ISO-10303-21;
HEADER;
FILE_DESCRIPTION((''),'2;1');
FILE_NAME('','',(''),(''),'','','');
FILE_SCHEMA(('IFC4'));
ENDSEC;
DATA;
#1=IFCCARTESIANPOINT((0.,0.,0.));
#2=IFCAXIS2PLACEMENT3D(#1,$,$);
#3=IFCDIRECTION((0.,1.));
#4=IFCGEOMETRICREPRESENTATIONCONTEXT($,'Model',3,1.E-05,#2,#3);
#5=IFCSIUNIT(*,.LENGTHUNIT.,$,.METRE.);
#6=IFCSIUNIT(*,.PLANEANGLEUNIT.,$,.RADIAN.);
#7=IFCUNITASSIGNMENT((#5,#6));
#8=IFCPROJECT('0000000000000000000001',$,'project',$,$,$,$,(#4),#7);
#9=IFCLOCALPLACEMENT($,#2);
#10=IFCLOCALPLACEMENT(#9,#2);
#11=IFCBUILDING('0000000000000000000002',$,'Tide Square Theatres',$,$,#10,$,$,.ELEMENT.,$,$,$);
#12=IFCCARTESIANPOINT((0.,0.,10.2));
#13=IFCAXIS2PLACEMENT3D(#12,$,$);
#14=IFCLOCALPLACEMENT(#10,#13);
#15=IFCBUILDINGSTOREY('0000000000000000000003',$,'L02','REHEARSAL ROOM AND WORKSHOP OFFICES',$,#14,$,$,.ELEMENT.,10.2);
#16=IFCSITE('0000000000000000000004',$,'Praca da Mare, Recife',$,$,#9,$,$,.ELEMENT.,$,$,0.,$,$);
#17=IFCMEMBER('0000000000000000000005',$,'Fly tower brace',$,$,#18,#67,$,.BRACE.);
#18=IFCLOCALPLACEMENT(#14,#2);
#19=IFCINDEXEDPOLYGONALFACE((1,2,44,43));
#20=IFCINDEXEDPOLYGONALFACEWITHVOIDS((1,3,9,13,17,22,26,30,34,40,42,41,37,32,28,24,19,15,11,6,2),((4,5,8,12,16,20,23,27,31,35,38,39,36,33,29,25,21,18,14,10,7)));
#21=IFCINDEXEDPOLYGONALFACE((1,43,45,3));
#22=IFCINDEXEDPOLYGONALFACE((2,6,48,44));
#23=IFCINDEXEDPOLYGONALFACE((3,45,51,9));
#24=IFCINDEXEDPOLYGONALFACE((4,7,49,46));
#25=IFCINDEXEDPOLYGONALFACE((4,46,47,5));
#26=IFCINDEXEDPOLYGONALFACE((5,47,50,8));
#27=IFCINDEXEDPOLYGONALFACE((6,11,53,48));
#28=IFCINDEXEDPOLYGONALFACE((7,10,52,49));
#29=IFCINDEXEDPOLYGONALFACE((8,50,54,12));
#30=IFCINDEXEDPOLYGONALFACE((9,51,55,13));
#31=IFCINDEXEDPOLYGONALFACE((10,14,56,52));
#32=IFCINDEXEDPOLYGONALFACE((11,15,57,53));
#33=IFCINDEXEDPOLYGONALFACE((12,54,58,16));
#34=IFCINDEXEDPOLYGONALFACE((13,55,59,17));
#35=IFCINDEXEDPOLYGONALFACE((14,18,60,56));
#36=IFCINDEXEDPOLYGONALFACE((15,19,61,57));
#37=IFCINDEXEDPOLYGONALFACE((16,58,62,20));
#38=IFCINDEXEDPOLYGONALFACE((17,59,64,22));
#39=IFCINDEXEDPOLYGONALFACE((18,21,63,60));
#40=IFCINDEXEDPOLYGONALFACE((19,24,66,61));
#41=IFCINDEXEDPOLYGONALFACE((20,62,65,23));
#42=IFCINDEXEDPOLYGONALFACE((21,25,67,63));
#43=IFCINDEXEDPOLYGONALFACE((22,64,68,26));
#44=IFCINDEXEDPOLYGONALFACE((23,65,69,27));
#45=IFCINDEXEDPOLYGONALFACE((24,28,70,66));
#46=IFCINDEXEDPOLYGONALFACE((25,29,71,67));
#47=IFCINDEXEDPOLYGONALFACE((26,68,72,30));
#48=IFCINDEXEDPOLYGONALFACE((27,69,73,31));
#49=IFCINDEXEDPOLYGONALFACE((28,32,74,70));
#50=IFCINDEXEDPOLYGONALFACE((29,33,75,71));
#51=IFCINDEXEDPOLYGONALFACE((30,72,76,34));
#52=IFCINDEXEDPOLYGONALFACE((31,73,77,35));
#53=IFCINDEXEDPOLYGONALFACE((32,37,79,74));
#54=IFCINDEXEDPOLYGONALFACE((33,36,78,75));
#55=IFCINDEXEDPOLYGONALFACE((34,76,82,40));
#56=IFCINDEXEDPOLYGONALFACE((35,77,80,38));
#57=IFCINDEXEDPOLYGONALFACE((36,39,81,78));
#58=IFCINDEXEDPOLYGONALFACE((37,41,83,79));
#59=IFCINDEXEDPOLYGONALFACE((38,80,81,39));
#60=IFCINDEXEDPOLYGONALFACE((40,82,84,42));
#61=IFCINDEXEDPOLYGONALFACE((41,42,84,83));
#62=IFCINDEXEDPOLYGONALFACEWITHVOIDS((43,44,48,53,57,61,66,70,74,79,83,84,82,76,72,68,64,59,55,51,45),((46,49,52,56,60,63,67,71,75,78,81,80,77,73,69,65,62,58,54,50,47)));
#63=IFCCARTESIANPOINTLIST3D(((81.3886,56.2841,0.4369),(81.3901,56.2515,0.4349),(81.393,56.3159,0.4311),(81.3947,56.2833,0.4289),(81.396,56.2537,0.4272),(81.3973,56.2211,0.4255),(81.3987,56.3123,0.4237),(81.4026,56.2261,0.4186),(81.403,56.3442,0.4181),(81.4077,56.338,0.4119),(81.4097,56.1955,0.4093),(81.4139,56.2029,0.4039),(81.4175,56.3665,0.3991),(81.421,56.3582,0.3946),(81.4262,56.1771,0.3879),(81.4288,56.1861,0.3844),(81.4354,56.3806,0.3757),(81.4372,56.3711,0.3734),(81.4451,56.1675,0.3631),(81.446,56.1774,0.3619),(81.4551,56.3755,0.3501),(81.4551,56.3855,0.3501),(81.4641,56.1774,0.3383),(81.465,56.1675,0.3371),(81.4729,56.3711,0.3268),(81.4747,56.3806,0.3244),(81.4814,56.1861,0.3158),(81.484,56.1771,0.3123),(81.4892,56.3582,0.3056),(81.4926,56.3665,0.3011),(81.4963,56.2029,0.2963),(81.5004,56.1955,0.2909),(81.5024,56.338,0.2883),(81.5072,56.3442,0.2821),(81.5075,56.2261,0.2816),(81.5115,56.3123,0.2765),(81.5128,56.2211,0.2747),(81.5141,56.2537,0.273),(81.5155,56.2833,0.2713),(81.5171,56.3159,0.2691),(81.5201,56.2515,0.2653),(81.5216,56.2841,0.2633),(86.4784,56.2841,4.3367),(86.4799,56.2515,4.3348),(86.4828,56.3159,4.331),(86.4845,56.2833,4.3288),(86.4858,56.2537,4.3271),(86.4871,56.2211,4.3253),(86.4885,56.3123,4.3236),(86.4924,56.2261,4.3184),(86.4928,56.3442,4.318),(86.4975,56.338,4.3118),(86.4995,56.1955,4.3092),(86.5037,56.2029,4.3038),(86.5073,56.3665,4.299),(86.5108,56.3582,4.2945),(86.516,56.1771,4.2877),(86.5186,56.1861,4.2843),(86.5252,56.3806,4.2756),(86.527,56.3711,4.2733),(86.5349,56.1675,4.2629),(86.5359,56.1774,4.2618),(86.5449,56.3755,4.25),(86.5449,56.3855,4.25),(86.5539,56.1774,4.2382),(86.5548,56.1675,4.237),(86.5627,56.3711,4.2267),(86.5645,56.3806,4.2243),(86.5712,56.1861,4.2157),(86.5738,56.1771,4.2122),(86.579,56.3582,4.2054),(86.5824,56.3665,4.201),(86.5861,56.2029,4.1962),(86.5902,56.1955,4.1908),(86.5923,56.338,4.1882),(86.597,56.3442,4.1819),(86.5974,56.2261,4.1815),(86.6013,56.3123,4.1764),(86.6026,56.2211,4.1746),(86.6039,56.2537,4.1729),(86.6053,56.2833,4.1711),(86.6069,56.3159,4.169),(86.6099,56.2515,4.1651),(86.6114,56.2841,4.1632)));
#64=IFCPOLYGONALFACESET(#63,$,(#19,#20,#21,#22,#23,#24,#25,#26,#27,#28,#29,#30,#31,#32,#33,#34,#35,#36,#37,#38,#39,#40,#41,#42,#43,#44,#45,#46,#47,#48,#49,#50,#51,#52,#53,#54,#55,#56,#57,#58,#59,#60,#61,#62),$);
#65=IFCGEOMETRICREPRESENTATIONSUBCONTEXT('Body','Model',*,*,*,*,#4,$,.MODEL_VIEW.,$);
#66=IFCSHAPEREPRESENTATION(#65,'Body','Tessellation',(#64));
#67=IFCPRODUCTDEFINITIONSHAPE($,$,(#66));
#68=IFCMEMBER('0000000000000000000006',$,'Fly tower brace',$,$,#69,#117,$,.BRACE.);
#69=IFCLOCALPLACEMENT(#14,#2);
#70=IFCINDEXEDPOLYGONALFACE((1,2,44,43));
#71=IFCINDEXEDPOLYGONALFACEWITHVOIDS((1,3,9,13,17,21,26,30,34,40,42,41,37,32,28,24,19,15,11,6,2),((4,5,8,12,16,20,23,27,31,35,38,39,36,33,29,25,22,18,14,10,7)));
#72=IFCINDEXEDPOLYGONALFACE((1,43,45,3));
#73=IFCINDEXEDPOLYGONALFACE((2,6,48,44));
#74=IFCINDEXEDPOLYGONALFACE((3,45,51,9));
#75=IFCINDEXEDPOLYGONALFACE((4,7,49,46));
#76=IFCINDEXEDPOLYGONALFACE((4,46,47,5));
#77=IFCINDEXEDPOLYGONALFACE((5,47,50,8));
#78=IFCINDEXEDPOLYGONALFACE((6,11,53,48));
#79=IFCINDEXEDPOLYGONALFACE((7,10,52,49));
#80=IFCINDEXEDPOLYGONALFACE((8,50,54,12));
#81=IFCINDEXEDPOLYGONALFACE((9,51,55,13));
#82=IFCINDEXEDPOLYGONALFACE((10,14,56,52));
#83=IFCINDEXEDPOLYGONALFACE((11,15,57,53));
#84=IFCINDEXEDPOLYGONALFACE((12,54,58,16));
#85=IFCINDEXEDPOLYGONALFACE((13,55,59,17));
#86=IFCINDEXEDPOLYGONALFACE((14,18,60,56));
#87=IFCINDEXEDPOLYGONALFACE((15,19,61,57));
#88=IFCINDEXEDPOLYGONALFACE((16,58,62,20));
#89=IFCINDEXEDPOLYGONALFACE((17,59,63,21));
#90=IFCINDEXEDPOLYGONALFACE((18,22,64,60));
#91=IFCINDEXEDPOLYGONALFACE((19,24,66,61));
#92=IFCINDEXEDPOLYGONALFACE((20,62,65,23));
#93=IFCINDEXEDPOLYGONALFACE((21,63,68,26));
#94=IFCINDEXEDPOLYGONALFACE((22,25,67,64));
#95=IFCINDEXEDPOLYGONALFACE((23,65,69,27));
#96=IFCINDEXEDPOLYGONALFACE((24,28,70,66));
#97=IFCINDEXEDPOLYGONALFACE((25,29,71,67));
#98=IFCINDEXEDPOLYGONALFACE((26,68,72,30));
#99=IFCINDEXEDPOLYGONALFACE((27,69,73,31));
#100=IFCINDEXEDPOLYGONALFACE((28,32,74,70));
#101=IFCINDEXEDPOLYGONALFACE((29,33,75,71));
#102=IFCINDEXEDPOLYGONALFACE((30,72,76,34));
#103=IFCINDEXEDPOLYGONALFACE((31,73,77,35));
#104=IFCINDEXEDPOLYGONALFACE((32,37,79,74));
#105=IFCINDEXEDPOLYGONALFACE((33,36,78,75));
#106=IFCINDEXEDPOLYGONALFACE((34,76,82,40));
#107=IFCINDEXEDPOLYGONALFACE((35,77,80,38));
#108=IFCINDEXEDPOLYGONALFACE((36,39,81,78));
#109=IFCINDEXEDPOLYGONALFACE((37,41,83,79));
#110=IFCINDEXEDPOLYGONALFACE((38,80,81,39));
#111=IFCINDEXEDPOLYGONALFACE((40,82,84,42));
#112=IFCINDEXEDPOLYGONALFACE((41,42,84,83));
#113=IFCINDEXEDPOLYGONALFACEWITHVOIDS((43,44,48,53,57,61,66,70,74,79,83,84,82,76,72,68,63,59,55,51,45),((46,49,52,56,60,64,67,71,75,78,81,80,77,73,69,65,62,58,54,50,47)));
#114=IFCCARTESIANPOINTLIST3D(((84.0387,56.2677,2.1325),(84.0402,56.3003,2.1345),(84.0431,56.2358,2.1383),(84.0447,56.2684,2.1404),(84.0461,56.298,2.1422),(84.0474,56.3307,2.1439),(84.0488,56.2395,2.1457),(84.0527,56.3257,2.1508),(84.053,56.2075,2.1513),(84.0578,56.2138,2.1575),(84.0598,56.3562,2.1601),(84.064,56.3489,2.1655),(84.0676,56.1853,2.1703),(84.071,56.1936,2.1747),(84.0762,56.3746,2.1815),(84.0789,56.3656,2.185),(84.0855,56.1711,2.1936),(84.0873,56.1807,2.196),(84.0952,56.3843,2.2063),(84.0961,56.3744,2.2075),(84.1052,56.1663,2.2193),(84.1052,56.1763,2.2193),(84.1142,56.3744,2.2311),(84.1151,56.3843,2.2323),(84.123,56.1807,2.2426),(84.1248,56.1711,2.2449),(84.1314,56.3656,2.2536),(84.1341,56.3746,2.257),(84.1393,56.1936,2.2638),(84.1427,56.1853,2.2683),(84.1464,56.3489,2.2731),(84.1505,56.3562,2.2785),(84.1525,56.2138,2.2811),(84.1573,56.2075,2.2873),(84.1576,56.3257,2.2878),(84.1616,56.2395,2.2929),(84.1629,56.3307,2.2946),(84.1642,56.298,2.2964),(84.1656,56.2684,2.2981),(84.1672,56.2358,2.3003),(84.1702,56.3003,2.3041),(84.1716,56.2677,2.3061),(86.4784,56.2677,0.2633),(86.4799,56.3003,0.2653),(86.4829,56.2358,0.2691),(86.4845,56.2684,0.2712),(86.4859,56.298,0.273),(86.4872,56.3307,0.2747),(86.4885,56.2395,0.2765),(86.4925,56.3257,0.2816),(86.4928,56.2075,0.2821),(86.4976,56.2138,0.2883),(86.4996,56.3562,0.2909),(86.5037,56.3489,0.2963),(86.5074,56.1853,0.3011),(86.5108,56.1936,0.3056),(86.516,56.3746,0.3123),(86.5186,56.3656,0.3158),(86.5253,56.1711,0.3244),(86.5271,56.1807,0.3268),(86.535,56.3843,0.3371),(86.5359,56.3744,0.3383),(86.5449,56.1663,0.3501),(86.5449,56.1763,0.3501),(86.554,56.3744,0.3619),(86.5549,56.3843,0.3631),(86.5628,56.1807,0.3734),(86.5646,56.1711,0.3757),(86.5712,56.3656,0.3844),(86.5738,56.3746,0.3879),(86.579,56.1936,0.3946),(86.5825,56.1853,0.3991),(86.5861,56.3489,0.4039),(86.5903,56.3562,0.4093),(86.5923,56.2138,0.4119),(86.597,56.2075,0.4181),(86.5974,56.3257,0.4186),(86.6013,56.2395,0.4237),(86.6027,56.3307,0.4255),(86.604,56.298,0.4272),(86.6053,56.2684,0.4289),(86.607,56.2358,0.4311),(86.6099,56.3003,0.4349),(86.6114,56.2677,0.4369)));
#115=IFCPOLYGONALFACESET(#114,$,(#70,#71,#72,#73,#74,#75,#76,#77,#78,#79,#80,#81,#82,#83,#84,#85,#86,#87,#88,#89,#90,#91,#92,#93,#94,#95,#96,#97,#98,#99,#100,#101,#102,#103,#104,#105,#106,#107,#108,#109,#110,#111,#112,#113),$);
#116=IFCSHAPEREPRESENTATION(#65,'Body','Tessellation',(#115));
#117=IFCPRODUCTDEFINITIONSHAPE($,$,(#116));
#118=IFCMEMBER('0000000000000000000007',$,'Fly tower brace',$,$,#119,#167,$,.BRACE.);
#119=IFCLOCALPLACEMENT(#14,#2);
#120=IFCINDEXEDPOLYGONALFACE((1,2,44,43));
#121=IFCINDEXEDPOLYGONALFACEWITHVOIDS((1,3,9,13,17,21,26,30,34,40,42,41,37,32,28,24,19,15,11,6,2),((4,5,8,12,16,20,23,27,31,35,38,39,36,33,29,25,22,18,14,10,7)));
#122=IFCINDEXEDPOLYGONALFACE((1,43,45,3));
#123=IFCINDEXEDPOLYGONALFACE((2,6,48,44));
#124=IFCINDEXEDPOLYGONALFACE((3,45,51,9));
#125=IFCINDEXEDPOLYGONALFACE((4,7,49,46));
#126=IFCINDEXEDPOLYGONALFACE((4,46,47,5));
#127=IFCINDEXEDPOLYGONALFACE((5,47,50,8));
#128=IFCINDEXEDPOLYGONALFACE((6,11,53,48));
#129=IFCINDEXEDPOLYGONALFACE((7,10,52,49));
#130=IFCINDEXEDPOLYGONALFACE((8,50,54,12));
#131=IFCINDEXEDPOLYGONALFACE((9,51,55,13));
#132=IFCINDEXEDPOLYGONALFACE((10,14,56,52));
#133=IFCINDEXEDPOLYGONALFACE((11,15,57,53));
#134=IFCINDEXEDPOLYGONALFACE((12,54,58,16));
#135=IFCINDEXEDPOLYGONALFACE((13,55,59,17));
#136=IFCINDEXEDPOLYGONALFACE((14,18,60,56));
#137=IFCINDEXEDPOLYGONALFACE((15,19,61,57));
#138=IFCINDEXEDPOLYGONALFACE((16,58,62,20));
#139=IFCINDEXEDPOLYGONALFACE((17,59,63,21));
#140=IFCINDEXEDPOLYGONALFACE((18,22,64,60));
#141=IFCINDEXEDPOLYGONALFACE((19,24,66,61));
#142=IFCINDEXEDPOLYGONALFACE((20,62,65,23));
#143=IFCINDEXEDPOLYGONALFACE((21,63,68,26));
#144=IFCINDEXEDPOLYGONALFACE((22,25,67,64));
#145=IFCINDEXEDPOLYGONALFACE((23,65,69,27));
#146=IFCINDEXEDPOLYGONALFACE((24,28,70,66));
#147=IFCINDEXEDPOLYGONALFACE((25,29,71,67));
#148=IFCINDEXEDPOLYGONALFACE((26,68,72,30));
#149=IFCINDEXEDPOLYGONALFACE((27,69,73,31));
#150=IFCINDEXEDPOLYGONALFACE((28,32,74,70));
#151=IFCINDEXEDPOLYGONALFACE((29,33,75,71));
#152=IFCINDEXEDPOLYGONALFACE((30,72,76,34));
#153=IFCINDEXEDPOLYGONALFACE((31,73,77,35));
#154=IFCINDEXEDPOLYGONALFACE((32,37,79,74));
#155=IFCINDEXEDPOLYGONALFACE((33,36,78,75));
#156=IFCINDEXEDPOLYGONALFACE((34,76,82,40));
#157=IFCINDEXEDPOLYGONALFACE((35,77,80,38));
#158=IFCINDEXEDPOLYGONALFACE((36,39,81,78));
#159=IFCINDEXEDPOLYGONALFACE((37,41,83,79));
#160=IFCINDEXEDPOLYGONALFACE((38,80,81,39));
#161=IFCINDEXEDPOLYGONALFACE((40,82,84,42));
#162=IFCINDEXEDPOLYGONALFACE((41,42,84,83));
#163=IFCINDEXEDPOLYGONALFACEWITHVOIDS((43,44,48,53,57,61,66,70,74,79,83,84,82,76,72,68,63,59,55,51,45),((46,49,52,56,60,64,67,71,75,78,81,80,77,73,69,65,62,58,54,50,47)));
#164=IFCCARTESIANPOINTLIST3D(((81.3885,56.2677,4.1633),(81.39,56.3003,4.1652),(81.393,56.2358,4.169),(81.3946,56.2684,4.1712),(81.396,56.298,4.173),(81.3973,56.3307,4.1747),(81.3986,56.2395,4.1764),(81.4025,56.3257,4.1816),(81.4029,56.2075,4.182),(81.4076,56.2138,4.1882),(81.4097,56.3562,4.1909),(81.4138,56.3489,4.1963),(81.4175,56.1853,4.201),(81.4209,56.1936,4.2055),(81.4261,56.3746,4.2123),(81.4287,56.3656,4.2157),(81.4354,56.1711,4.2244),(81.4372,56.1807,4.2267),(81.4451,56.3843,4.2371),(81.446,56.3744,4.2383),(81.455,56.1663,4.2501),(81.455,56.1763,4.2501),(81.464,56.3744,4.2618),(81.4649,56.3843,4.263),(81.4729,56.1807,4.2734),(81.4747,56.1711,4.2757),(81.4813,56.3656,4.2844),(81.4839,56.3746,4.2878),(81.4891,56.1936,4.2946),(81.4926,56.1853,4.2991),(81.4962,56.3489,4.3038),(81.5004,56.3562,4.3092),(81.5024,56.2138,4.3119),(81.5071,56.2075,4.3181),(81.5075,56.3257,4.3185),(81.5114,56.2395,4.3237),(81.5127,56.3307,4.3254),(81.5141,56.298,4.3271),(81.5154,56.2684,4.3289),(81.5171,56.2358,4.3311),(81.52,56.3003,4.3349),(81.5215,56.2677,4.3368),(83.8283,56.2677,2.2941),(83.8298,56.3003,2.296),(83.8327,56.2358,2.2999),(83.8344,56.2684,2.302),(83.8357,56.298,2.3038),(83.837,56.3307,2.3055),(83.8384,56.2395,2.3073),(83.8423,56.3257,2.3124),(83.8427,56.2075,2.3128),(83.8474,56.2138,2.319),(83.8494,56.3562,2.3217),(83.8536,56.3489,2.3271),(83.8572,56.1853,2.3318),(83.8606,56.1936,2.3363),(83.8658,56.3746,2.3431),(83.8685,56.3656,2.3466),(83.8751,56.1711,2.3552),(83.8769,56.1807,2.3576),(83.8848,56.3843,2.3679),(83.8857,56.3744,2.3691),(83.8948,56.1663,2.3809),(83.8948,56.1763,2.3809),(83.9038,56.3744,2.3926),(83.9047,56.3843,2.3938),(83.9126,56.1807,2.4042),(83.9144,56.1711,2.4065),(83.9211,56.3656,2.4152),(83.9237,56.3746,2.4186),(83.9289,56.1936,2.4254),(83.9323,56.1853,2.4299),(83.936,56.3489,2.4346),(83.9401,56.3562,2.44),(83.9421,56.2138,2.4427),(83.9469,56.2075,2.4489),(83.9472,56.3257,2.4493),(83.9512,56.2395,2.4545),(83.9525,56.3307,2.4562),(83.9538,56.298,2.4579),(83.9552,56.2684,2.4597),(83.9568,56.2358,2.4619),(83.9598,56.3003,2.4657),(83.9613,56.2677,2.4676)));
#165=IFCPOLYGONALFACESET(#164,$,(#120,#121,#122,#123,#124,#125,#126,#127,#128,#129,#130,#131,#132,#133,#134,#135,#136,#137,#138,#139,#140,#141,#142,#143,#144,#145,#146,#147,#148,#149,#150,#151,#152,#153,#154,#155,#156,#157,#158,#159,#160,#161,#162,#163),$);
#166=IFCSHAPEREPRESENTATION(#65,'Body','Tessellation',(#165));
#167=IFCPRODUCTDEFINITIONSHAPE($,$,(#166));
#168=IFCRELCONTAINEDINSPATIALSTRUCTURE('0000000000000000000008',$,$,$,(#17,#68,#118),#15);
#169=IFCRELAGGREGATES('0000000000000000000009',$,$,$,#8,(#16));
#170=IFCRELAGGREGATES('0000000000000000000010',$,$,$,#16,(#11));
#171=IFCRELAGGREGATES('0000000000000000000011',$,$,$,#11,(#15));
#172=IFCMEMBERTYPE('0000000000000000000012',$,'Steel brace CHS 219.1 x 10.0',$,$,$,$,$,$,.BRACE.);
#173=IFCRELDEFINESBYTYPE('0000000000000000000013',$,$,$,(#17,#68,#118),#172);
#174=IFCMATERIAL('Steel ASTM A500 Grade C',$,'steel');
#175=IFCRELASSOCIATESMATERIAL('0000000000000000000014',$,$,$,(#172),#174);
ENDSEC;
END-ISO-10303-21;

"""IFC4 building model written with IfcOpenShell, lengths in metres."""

from ifc_helpers import new_model, si_unit, direction, frame, origin, origin_2d, place, context, subcontext, project, spatial, hollow_circle, extrude, material, material_profile, profile_set, type_object, element, save


model = new_model("IFC4")

# Units and contexts
model_context = context("Model", 3, precision=1e-05, world=origin(), true_north=direction((0.0, 1.0)))
body_context = subcontext(model_context, "Body", "Model", "MODEL_VIEW")
ifc_project = project(units=[si_unit("LENGTHUNIT", "METRE"), si_unit("PLANEANGLEUNIT", "RADIAN")], contexts=[model_context])

# Site, building, storey
site_placement = place(None, origin())
site = spatial("IfcSite", under=ifc_project, at=site_placement, Name="Praca da Mare, Recife", CompositionType="ELEMENT", RefElevation=0.0)
building_placement = place(site_placement, origin())
building = spatial("IfcBuilding", under=site, at=building_placement, Name="Tide Square Theatres", CompositionType="ELEMENT")
storey_placement = place(building_placement, frame((0.0, 0.0, 10.2)))
storey = spatial("IfcBuildingStorey", under=building, at=storey_placement, Name="L02", Description="REHEARSAL ROOM AND WORKSHOP OFFICES", CompositionType="ELEMENT", Elevation=10.2)

# Members
ifc_material_1 = material(Name="Steel ASTM A500 Grade C", Category="steel")
ifc_material_profile_1 = material_profile(ifc_material_1, hollow_circle(Radius=0.1096, WallThickness=0.01, at=origin_2d()))
ifc_profile_set_1 = profile_set([ifc_material_profile_1], Name="Steel ASTM A500 Grade C")
member_type = type_object("IfcMemberType", Name="Steel brace CHS 219.1 x 10.0", PredefinedType="BRACE", material=ifc_profile_set_1)
member_1_placement = place(storey_placement, frame((81.4551, 56.2759, 0.3501), z_axis=(0.79378, 0.0, 0.608205), x_axis=(0.0, 1.0, 0.0)))
element("IfcMember", 1, at=member_1_placement, inside=storey, type_object=member_type, Name="Fly tower brace", PredefinedType="BRACE", context=body_context, shape_type="SweptSolid", body=[
    extrude(hollow_circle(Radius=0.1096, WallThickness=0.01, at=origin_2d()), origin(), (0.0, 0.0, 1.0), 6.4121),
])
for number, where, z_axis, x_axis, name in (
    (2, (86.5449, 56.2759, 0.3501), (-0.79381, 0.0, 0.608166), (0.0, -1.0, 0.0), "Fly tower brace"),
    (3, (83.8948, 56.2759, 2.3809), (-0.79381, 0.0, 0.608166), (0.0, -1.0, 0.0), "Fly tower brace"),
):
    element("IfcMember", number, at=place(storey_placement, frame(where, z_axis=z_axis, x_axis=x_axis)), inside=storey, type_object=member_type, Name=name, PredefinedType="BRACE", context=body_context, shape_type="SweptSolid", body=[
        extrude(hollow_circle(Radius=0.1096, WallThickness=0.01, at=origin_2d()), origin(), (0.0, 0.0, 1.0), 3.0735),
    ])

save(model, "model.ifc")
